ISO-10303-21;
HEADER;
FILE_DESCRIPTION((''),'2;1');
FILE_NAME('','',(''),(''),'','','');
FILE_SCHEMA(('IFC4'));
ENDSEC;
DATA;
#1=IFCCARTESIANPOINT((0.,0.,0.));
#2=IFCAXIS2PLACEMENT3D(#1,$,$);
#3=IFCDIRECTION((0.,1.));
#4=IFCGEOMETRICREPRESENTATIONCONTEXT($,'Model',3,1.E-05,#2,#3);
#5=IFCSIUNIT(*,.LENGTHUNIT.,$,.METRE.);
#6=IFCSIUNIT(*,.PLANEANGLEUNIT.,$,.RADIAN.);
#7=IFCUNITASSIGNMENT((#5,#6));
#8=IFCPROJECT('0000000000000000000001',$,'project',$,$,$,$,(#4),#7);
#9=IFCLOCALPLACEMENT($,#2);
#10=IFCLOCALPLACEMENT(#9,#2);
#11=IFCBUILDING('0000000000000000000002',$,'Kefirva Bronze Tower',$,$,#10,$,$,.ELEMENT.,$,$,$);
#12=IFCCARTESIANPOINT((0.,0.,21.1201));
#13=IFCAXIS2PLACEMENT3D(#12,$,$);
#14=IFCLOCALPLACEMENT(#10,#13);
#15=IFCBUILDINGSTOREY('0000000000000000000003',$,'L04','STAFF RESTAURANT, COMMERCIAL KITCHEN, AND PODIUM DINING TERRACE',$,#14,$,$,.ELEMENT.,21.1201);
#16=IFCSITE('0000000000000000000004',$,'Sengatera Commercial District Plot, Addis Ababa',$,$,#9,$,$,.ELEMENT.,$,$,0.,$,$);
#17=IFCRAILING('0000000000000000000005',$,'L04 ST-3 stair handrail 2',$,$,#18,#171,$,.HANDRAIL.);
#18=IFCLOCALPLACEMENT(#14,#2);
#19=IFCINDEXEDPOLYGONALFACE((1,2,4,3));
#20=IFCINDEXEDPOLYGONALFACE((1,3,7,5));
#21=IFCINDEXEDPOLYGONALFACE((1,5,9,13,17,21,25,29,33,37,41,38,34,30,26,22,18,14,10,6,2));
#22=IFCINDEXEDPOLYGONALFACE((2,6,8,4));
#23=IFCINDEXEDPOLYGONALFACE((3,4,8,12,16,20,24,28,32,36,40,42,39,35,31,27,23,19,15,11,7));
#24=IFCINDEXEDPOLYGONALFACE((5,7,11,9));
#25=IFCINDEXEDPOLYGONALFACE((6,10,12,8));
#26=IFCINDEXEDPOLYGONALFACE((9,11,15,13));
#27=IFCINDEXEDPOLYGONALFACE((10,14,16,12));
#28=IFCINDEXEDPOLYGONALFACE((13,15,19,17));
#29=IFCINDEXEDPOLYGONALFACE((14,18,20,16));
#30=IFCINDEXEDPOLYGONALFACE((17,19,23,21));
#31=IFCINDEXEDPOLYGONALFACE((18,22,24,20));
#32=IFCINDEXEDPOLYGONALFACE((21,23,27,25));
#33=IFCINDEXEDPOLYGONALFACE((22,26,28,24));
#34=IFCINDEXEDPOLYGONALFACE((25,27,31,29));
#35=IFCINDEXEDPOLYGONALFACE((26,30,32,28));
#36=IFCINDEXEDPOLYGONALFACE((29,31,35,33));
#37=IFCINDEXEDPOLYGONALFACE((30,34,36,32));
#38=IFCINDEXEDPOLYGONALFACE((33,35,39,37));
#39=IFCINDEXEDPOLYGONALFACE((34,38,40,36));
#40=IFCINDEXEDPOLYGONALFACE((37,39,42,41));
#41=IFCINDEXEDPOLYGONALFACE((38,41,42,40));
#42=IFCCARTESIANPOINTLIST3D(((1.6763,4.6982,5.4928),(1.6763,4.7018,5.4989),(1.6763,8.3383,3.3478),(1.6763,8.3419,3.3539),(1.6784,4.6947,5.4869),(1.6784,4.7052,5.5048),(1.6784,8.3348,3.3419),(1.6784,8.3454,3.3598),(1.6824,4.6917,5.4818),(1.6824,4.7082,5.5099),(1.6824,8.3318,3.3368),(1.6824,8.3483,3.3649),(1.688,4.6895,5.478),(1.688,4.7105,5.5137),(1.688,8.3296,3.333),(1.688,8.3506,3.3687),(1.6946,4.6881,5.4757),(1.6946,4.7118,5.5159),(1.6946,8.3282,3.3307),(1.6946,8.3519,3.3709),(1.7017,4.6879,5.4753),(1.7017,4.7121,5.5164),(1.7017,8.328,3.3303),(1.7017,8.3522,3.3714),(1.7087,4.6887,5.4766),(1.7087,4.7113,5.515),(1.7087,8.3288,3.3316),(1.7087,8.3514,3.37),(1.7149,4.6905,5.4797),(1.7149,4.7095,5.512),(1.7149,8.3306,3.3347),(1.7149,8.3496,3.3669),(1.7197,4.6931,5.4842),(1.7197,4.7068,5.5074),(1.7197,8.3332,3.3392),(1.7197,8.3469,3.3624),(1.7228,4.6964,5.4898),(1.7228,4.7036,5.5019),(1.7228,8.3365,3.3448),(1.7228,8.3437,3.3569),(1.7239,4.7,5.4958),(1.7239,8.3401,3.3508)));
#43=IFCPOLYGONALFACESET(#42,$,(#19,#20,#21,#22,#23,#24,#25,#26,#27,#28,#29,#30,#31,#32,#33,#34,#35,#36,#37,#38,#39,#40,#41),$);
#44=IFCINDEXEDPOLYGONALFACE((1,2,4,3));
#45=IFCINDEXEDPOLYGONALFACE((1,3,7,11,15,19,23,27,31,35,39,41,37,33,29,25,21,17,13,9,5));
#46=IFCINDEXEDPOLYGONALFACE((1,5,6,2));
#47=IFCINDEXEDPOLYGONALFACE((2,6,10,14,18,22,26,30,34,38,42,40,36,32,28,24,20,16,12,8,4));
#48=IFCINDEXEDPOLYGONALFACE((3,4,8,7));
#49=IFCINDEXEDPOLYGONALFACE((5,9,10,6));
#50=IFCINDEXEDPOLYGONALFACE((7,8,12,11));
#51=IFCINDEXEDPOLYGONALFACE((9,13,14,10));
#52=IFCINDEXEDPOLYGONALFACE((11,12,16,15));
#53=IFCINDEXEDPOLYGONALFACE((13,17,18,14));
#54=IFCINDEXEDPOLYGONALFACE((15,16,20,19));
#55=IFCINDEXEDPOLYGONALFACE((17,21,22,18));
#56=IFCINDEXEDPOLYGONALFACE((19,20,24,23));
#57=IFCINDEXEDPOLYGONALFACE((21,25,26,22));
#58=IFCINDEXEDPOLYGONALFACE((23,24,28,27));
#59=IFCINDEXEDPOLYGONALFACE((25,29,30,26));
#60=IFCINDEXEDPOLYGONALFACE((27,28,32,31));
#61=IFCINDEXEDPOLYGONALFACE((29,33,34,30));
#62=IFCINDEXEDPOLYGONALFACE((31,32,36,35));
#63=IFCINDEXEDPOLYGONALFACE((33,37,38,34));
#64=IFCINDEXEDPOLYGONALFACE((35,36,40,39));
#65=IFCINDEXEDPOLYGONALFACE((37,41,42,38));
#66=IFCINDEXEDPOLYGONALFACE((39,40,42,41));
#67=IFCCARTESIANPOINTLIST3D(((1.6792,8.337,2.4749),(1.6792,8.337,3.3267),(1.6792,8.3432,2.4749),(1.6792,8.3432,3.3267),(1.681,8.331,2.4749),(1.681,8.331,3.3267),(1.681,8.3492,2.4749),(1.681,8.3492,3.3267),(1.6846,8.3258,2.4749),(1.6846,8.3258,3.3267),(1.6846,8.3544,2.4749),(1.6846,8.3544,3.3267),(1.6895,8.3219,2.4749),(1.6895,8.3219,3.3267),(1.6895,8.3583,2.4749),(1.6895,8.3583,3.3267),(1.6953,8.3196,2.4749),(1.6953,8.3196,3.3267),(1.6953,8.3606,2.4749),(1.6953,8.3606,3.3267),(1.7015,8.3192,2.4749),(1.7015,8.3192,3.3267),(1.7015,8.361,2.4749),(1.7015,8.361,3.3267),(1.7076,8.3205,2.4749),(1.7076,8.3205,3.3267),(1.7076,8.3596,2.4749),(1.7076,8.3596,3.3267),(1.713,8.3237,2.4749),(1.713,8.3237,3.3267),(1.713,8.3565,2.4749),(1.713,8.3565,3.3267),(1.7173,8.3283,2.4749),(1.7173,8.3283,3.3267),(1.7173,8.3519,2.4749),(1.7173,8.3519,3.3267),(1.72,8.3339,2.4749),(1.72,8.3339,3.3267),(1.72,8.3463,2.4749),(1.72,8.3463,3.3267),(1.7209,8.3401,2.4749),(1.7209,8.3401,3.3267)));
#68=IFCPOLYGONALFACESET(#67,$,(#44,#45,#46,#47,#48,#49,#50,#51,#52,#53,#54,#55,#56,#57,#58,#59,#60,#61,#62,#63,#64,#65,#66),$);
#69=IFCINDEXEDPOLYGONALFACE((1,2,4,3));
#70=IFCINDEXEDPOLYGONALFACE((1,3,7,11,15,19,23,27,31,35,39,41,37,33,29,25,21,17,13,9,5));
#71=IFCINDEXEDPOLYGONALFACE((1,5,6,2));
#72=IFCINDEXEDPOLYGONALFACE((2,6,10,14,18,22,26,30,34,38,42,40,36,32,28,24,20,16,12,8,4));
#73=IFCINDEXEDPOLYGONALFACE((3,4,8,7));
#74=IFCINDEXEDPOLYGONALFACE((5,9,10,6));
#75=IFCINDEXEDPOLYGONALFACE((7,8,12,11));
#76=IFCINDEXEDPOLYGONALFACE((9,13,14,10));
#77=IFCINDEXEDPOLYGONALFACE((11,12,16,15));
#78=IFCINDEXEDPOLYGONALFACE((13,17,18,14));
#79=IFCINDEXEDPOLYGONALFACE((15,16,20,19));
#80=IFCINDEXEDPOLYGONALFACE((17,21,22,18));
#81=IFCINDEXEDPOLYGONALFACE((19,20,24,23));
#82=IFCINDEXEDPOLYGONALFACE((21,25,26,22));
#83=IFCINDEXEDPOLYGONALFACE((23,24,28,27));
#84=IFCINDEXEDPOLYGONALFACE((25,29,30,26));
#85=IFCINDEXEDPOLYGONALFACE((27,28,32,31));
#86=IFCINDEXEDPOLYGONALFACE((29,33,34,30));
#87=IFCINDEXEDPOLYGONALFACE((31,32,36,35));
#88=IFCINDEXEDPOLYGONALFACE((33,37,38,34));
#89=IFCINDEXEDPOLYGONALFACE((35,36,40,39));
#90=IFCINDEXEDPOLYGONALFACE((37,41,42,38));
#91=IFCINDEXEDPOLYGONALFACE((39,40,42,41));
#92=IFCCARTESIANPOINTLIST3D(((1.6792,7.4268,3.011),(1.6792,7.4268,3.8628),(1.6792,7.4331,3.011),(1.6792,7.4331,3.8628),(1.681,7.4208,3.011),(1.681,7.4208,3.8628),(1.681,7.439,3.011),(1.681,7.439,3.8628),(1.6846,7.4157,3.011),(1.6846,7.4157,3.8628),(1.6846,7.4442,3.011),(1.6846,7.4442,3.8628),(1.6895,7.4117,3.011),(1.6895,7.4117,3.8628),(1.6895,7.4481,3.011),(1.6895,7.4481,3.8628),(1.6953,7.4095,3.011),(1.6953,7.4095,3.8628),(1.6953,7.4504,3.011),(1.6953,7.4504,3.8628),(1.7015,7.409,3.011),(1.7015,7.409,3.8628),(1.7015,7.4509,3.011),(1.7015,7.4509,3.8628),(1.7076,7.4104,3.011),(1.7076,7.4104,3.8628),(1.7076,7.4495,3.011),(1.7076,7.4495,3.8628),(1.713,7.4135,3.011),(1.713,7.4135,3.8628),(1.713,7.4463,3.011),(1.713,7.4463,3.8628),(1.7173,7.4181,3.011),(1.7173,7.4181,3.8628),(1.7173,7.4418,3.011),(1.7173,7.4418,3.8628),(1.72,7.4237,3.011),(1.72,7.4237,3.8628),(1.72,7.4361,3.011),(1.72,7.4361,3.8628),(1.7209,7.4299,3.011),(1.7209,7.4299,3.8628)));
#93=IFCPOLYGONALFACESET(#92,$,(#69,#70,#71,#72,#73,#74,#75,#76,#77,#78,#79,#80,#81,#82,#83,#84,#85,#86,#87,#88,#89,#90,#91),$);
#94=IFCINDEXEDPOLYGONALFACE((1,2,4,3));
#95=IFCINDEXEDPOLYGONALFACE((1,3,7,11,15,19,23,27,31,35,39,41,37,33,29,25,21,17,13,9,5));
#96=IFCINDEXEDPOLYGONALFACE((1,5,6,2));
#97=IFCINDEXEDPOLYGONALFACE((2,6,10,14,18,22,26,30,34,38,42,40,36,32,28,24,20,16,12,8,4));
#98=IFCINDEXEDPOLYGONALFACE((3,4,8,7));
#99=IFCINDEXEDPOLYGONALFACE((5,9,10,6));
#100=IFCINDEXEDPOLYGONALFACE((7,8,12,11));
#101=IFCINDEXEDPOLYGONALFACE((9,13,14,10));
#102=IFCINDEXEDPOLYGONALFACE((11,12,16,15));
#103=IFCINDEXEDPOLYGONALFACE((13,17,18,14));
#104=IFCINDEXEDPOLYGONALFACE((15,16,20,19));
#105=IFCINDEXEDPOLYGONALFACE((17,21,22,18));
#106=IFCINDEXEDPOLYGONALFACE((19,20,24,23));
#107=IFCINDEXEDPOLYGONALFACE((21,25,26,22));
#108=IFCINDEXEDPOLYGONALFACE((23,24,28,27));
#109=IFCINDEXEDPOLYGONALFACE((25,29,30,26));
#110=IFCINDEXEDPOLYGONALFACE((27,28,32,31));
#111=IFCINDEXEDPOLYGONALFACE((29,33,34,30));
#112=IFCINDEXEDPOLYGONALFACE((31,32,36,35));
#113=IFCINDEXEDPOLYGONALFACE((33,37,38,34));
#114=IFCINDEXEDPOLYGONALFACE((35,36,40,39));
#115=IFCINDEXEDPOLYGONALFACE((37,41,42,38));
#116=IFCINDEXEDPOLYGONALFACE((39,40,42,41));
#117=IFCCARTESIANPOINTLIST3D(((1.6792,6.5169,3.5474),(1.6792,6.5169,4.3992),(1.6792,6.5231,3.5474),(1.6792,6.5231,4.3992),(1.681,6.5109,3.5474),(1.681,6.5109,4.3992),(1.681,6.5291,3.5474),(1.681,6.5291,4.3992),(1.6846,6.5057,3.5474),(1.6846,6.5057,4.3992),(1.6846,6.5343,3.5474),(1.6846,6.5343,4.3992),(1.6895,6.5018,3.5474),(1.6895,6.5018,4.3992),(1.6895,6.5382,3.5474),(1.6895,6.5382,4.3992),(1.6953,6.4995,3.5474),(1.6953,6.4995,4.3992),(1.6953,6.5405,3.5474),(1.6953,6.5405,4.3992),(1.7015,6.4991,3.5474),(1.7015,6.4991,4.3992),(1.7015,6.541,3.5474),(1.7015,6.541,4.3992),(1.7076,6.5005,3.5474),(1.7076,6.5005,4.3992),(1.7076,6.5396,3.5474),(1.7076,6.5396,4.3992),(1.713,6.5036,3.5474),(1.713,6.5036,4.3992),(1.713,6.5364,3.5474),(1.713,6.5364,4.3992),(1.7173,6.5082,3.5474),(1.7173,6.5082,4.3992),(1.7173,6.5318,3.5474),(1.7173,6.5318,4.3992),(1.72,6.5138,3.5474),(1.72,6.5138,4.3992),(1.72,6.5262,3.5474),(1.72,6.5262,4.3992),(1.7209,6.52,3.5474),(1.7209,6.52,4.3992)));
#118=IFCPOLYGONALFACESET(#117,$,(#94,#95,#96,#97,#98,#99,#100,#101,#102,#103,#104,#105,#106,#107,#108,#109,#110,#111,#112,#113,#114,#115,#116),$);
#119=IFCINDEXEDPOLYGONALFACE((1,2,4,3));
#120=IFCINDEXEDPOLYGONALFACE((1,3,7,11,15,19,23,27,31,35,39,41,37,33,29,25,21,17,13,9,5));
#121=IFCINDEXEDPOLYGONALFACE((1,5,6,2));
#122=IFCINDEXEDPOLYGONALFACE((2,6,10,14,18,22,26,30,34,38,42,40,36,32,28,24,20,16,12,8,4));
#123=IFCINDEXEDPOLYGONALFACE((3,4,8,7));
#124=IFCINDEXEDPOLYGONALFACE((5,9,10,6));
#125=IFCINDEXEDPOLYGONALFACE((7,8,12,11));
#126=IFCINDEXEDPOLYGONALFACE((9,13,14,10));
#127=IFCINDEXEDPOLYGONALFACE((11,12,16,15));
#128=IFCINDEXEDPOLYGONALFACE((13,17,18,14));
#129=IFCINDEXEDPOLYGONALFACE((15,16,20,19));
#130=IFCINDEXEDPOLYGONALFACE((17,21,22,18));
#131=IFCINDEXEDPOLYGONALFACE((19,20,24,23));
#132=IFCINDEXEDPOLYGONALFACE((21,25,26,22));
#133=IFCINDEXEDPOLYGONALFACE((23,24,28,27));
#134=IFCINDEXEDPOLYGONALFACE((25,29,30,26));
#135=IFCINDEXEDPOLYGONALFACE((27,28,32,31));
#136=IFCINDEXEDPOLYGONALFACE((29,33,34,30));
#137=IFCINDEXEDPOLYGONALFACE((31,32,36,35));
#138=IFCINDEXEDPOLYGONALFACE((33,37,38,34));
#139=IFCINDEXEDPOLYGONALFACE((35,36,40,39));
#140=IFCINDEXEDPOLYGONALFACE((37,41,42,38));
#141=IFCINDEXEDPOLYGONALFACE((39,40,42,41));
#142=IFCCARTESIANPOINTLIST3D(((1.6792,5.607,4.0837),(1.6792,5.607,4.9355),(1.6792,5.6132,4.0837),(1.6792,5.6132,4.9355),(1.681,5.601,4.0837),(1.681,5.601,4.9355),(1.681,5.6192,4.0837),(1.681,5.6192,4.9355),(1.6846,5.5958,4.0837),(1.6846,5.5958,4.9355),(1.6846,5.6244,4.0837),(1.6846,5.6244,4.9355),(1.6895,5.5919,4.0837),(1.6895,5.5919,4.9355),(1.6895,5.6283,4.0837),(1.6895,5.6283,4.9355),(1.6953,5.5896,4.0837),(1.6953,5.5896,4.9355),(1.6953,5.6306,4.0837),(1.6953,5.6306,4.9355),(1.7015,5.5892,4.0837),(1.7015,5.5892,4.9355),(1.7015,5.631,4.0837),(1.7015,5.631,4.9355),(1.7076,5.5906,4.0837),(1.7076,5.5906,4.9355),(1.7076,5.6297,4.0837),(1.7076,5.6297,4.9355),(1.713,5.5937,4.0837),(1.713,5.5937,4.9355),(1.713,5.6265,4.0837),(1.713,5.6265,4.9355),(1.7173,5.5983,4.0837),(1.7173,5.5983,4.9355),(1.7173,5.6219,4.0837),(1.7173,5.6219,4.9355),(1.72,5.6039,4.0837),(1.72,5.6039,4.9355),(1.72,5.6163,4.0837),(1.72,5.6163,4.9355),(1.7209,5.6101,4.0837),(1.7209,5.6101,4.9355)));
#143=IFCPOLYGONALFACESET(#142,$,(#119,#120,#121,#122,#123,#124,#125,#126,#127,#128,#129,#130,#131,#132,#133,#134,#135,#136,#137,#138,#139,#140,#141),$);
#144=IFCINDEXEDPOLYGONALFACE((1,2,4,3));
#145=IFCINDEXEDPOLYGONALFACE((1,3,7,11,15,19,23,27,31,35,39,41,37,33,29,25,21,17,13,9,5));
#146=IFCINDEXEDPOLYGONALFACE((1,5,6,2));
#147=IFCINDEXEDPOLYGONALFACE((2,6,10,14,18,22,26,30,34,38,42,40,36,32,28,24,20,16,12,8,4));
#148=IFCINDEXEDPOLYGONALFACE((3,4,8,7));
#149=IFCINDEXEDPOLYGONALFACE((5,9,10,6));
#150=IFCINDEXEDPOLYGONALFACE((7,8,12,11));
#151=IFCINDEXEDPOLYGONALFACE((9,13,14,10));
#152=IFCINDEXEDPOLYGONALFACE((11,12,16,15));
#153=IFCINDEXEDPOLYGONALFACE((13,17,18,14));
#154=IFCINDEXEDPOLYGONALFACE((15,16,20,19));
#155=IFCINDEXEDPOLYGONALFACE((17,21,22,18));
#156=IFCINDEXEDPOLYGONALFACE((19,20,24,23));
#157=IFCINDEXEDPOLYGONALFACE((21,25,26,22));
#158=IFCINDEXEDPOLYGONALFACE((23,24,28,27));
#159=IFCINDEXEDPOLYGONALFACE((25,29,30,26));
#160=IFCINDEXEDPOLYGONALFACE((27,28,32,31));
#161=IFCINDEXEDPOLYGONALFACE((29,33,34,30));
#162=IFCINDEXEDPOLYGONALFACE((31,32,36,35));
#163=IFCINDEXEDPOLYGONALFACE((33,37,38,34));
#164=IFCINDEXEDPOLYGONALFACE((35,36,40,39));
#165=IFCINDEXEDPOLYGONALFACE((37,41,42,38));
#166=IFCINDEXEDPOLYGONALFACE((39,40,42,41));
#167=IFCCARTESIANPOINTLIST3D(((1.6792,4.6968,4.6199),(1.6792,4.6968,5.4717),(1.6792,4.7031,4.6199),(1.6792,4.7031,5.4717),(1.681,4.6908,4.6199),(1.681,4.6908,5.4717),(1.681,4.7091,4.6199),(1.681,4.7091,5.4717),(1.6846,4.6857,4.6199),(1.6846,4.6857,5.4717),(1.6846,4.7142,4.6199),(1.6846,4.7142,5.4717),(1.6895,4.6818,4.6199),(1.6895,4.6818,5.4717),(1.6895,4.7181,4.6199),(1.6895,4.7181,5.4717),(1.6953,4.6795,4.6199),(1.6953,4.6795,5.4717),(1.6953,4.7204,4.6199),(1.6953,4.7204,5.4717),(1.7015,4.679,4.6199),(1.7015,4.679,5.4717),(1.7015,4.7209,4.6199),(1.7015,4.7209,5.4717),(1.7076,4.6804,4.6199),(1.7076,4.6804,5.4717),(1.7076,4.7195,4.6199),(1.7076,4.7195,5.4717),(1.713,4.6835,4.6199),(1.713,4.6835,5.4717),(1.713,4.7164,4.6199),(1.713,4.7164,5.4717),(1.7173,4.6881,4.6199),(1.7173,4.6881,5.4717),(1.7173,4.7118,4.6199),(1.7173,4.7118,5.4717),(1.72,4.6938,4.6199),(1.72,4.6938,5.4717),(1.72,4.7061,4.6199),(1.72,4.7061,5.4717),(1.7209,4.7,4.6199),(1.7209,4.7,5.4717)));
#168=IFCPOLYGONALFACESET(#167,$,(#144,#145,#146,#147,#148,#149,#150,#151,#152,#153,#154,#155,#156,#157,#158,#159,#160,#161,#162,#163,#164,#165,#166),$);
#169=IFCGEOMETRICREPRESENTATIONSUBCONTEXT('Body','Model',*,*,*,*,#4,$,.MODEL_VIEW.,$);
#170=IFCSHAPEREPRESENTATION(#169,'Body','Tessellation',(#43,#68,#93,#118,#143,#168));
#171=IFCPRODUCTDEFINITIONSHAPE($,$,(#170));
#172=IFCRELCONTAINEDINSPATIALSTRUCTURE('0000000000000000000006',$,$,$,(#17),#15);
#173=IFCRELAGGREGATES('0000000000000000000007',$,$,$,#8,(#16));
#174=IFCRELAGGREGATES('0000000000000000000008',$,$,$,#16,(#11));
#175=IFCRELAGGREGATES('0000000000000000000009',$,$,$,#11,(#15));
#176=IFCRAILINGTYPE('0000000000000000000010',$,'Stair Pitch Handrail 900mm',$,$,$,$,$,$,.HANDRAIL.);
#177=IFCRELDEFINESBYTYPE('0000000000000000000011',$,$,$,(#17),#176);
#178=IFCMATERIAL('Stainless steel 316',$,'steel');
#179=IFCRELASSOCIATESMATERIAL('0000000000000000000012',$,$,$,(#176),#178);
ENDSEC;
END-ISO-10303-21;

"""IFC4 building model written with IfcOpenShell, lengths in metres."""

from ifc_helpers import new_model, si_unit, direction, frame, origin, origin_2d, place, context, subcontext, project, spatial, circle, extrude, material, type_object, element, save


model = new_model("IFC4")

# Units and contexts
model_context = context("Model", 3, precision=1e-05, world=origin(), true_north=direction((0.0, 1.0)))
body_context = subcontext(model_context, "Body", "Model", "MODEL_VIEW")
ifc_project = project(units=[si_unit("LENGTHUNIT", "METRE"), si_unit("PLANEANGLEUNIT", "RADIAN")], contexts=[model_context])

# Site, building, storey
site_placement = place(None, origin())
site = spatial("IfcSite", under=ifc_project, at=site_placement, Name="Sengatera Commercial District Plot, Addis Ababa", CompositionType="ELEMENT", RefElevation=0.0)
building_placement = place(site_placement, origin())
building = spatial("IfcBuilding", under=site, at=building_placement, Name="Kefirva Bronze Tower", CompositionType="ELEMENT")
storey_placement = place(building_placement, frame((0.0, 0.0, 21.1201)))
storey = spatial("IfcBuildingStorey", under=building, at=storey_placement, Name="L04", Description="STAFF RESTAURANT, COMMERCIAL KITCHEN, AND PODIUM DINING TERRACE", CompositionType="ELEMENT", Elevation=21.1201)

# Railing
ifc_material_1 = material(Name="Stainless steel 316", Category="steel")
railing_type_1 = type_object("IfcRailingType", Name="Stair Pitch Handrail 900mm", PredefinedType="HANDRAIL", material=ifc_material_1)
railing_1_placement = place(storey_placement, frame((1.7, 8.3401, 2.4749)))
element("IfcRailing", 1, at=railing_1_placement, inside=storey, type_object=railing_type_1, Name="L04 ST-3 stair handrail 2", PredefinedType="HANDRAIL", context=body_context, shape_type="SweptSolid", body=[
    extrude(circle(Radius=0.0239, at=origin_2d()), frame((0.0, 0.0, 0.876), z_axis=(0.0, -0.861545, 0.507682), x_axis=(1.0, 0.0, 0.0)), (0.0, 0.0, 1.0), 4.2251),
    extrude(circle(Radius=0.021, at=origin_2d()), origin(), (0.0, 0.0, 1.0), 0.8518),
    extrude(circle(Radius=0.021, at=origin_2d()), frame((0.0, -0.9102, 0.5361)), (0.0, 0.0, 1.0), 0.8518),
    extrude(circle(Radius=0.021, at=origin_2d()), frame((0.0, -1.8201, 1.0725)), (0.0, 0.0, 1.0), 0.8518),
    extrude(circle(Radius=0.021, at=origin_2d()), frame((0.0, -2.73, 1.6089)), (0.0, 0.0, 1.0), 0.8518),
    extrude(circle(Radius=0.021, at=origin_2d()), frame((0.0, -3.6401, 2.145)), (0.0, 0.0, 1.0), 0.8518),
])

save(model, "model.ifc")
